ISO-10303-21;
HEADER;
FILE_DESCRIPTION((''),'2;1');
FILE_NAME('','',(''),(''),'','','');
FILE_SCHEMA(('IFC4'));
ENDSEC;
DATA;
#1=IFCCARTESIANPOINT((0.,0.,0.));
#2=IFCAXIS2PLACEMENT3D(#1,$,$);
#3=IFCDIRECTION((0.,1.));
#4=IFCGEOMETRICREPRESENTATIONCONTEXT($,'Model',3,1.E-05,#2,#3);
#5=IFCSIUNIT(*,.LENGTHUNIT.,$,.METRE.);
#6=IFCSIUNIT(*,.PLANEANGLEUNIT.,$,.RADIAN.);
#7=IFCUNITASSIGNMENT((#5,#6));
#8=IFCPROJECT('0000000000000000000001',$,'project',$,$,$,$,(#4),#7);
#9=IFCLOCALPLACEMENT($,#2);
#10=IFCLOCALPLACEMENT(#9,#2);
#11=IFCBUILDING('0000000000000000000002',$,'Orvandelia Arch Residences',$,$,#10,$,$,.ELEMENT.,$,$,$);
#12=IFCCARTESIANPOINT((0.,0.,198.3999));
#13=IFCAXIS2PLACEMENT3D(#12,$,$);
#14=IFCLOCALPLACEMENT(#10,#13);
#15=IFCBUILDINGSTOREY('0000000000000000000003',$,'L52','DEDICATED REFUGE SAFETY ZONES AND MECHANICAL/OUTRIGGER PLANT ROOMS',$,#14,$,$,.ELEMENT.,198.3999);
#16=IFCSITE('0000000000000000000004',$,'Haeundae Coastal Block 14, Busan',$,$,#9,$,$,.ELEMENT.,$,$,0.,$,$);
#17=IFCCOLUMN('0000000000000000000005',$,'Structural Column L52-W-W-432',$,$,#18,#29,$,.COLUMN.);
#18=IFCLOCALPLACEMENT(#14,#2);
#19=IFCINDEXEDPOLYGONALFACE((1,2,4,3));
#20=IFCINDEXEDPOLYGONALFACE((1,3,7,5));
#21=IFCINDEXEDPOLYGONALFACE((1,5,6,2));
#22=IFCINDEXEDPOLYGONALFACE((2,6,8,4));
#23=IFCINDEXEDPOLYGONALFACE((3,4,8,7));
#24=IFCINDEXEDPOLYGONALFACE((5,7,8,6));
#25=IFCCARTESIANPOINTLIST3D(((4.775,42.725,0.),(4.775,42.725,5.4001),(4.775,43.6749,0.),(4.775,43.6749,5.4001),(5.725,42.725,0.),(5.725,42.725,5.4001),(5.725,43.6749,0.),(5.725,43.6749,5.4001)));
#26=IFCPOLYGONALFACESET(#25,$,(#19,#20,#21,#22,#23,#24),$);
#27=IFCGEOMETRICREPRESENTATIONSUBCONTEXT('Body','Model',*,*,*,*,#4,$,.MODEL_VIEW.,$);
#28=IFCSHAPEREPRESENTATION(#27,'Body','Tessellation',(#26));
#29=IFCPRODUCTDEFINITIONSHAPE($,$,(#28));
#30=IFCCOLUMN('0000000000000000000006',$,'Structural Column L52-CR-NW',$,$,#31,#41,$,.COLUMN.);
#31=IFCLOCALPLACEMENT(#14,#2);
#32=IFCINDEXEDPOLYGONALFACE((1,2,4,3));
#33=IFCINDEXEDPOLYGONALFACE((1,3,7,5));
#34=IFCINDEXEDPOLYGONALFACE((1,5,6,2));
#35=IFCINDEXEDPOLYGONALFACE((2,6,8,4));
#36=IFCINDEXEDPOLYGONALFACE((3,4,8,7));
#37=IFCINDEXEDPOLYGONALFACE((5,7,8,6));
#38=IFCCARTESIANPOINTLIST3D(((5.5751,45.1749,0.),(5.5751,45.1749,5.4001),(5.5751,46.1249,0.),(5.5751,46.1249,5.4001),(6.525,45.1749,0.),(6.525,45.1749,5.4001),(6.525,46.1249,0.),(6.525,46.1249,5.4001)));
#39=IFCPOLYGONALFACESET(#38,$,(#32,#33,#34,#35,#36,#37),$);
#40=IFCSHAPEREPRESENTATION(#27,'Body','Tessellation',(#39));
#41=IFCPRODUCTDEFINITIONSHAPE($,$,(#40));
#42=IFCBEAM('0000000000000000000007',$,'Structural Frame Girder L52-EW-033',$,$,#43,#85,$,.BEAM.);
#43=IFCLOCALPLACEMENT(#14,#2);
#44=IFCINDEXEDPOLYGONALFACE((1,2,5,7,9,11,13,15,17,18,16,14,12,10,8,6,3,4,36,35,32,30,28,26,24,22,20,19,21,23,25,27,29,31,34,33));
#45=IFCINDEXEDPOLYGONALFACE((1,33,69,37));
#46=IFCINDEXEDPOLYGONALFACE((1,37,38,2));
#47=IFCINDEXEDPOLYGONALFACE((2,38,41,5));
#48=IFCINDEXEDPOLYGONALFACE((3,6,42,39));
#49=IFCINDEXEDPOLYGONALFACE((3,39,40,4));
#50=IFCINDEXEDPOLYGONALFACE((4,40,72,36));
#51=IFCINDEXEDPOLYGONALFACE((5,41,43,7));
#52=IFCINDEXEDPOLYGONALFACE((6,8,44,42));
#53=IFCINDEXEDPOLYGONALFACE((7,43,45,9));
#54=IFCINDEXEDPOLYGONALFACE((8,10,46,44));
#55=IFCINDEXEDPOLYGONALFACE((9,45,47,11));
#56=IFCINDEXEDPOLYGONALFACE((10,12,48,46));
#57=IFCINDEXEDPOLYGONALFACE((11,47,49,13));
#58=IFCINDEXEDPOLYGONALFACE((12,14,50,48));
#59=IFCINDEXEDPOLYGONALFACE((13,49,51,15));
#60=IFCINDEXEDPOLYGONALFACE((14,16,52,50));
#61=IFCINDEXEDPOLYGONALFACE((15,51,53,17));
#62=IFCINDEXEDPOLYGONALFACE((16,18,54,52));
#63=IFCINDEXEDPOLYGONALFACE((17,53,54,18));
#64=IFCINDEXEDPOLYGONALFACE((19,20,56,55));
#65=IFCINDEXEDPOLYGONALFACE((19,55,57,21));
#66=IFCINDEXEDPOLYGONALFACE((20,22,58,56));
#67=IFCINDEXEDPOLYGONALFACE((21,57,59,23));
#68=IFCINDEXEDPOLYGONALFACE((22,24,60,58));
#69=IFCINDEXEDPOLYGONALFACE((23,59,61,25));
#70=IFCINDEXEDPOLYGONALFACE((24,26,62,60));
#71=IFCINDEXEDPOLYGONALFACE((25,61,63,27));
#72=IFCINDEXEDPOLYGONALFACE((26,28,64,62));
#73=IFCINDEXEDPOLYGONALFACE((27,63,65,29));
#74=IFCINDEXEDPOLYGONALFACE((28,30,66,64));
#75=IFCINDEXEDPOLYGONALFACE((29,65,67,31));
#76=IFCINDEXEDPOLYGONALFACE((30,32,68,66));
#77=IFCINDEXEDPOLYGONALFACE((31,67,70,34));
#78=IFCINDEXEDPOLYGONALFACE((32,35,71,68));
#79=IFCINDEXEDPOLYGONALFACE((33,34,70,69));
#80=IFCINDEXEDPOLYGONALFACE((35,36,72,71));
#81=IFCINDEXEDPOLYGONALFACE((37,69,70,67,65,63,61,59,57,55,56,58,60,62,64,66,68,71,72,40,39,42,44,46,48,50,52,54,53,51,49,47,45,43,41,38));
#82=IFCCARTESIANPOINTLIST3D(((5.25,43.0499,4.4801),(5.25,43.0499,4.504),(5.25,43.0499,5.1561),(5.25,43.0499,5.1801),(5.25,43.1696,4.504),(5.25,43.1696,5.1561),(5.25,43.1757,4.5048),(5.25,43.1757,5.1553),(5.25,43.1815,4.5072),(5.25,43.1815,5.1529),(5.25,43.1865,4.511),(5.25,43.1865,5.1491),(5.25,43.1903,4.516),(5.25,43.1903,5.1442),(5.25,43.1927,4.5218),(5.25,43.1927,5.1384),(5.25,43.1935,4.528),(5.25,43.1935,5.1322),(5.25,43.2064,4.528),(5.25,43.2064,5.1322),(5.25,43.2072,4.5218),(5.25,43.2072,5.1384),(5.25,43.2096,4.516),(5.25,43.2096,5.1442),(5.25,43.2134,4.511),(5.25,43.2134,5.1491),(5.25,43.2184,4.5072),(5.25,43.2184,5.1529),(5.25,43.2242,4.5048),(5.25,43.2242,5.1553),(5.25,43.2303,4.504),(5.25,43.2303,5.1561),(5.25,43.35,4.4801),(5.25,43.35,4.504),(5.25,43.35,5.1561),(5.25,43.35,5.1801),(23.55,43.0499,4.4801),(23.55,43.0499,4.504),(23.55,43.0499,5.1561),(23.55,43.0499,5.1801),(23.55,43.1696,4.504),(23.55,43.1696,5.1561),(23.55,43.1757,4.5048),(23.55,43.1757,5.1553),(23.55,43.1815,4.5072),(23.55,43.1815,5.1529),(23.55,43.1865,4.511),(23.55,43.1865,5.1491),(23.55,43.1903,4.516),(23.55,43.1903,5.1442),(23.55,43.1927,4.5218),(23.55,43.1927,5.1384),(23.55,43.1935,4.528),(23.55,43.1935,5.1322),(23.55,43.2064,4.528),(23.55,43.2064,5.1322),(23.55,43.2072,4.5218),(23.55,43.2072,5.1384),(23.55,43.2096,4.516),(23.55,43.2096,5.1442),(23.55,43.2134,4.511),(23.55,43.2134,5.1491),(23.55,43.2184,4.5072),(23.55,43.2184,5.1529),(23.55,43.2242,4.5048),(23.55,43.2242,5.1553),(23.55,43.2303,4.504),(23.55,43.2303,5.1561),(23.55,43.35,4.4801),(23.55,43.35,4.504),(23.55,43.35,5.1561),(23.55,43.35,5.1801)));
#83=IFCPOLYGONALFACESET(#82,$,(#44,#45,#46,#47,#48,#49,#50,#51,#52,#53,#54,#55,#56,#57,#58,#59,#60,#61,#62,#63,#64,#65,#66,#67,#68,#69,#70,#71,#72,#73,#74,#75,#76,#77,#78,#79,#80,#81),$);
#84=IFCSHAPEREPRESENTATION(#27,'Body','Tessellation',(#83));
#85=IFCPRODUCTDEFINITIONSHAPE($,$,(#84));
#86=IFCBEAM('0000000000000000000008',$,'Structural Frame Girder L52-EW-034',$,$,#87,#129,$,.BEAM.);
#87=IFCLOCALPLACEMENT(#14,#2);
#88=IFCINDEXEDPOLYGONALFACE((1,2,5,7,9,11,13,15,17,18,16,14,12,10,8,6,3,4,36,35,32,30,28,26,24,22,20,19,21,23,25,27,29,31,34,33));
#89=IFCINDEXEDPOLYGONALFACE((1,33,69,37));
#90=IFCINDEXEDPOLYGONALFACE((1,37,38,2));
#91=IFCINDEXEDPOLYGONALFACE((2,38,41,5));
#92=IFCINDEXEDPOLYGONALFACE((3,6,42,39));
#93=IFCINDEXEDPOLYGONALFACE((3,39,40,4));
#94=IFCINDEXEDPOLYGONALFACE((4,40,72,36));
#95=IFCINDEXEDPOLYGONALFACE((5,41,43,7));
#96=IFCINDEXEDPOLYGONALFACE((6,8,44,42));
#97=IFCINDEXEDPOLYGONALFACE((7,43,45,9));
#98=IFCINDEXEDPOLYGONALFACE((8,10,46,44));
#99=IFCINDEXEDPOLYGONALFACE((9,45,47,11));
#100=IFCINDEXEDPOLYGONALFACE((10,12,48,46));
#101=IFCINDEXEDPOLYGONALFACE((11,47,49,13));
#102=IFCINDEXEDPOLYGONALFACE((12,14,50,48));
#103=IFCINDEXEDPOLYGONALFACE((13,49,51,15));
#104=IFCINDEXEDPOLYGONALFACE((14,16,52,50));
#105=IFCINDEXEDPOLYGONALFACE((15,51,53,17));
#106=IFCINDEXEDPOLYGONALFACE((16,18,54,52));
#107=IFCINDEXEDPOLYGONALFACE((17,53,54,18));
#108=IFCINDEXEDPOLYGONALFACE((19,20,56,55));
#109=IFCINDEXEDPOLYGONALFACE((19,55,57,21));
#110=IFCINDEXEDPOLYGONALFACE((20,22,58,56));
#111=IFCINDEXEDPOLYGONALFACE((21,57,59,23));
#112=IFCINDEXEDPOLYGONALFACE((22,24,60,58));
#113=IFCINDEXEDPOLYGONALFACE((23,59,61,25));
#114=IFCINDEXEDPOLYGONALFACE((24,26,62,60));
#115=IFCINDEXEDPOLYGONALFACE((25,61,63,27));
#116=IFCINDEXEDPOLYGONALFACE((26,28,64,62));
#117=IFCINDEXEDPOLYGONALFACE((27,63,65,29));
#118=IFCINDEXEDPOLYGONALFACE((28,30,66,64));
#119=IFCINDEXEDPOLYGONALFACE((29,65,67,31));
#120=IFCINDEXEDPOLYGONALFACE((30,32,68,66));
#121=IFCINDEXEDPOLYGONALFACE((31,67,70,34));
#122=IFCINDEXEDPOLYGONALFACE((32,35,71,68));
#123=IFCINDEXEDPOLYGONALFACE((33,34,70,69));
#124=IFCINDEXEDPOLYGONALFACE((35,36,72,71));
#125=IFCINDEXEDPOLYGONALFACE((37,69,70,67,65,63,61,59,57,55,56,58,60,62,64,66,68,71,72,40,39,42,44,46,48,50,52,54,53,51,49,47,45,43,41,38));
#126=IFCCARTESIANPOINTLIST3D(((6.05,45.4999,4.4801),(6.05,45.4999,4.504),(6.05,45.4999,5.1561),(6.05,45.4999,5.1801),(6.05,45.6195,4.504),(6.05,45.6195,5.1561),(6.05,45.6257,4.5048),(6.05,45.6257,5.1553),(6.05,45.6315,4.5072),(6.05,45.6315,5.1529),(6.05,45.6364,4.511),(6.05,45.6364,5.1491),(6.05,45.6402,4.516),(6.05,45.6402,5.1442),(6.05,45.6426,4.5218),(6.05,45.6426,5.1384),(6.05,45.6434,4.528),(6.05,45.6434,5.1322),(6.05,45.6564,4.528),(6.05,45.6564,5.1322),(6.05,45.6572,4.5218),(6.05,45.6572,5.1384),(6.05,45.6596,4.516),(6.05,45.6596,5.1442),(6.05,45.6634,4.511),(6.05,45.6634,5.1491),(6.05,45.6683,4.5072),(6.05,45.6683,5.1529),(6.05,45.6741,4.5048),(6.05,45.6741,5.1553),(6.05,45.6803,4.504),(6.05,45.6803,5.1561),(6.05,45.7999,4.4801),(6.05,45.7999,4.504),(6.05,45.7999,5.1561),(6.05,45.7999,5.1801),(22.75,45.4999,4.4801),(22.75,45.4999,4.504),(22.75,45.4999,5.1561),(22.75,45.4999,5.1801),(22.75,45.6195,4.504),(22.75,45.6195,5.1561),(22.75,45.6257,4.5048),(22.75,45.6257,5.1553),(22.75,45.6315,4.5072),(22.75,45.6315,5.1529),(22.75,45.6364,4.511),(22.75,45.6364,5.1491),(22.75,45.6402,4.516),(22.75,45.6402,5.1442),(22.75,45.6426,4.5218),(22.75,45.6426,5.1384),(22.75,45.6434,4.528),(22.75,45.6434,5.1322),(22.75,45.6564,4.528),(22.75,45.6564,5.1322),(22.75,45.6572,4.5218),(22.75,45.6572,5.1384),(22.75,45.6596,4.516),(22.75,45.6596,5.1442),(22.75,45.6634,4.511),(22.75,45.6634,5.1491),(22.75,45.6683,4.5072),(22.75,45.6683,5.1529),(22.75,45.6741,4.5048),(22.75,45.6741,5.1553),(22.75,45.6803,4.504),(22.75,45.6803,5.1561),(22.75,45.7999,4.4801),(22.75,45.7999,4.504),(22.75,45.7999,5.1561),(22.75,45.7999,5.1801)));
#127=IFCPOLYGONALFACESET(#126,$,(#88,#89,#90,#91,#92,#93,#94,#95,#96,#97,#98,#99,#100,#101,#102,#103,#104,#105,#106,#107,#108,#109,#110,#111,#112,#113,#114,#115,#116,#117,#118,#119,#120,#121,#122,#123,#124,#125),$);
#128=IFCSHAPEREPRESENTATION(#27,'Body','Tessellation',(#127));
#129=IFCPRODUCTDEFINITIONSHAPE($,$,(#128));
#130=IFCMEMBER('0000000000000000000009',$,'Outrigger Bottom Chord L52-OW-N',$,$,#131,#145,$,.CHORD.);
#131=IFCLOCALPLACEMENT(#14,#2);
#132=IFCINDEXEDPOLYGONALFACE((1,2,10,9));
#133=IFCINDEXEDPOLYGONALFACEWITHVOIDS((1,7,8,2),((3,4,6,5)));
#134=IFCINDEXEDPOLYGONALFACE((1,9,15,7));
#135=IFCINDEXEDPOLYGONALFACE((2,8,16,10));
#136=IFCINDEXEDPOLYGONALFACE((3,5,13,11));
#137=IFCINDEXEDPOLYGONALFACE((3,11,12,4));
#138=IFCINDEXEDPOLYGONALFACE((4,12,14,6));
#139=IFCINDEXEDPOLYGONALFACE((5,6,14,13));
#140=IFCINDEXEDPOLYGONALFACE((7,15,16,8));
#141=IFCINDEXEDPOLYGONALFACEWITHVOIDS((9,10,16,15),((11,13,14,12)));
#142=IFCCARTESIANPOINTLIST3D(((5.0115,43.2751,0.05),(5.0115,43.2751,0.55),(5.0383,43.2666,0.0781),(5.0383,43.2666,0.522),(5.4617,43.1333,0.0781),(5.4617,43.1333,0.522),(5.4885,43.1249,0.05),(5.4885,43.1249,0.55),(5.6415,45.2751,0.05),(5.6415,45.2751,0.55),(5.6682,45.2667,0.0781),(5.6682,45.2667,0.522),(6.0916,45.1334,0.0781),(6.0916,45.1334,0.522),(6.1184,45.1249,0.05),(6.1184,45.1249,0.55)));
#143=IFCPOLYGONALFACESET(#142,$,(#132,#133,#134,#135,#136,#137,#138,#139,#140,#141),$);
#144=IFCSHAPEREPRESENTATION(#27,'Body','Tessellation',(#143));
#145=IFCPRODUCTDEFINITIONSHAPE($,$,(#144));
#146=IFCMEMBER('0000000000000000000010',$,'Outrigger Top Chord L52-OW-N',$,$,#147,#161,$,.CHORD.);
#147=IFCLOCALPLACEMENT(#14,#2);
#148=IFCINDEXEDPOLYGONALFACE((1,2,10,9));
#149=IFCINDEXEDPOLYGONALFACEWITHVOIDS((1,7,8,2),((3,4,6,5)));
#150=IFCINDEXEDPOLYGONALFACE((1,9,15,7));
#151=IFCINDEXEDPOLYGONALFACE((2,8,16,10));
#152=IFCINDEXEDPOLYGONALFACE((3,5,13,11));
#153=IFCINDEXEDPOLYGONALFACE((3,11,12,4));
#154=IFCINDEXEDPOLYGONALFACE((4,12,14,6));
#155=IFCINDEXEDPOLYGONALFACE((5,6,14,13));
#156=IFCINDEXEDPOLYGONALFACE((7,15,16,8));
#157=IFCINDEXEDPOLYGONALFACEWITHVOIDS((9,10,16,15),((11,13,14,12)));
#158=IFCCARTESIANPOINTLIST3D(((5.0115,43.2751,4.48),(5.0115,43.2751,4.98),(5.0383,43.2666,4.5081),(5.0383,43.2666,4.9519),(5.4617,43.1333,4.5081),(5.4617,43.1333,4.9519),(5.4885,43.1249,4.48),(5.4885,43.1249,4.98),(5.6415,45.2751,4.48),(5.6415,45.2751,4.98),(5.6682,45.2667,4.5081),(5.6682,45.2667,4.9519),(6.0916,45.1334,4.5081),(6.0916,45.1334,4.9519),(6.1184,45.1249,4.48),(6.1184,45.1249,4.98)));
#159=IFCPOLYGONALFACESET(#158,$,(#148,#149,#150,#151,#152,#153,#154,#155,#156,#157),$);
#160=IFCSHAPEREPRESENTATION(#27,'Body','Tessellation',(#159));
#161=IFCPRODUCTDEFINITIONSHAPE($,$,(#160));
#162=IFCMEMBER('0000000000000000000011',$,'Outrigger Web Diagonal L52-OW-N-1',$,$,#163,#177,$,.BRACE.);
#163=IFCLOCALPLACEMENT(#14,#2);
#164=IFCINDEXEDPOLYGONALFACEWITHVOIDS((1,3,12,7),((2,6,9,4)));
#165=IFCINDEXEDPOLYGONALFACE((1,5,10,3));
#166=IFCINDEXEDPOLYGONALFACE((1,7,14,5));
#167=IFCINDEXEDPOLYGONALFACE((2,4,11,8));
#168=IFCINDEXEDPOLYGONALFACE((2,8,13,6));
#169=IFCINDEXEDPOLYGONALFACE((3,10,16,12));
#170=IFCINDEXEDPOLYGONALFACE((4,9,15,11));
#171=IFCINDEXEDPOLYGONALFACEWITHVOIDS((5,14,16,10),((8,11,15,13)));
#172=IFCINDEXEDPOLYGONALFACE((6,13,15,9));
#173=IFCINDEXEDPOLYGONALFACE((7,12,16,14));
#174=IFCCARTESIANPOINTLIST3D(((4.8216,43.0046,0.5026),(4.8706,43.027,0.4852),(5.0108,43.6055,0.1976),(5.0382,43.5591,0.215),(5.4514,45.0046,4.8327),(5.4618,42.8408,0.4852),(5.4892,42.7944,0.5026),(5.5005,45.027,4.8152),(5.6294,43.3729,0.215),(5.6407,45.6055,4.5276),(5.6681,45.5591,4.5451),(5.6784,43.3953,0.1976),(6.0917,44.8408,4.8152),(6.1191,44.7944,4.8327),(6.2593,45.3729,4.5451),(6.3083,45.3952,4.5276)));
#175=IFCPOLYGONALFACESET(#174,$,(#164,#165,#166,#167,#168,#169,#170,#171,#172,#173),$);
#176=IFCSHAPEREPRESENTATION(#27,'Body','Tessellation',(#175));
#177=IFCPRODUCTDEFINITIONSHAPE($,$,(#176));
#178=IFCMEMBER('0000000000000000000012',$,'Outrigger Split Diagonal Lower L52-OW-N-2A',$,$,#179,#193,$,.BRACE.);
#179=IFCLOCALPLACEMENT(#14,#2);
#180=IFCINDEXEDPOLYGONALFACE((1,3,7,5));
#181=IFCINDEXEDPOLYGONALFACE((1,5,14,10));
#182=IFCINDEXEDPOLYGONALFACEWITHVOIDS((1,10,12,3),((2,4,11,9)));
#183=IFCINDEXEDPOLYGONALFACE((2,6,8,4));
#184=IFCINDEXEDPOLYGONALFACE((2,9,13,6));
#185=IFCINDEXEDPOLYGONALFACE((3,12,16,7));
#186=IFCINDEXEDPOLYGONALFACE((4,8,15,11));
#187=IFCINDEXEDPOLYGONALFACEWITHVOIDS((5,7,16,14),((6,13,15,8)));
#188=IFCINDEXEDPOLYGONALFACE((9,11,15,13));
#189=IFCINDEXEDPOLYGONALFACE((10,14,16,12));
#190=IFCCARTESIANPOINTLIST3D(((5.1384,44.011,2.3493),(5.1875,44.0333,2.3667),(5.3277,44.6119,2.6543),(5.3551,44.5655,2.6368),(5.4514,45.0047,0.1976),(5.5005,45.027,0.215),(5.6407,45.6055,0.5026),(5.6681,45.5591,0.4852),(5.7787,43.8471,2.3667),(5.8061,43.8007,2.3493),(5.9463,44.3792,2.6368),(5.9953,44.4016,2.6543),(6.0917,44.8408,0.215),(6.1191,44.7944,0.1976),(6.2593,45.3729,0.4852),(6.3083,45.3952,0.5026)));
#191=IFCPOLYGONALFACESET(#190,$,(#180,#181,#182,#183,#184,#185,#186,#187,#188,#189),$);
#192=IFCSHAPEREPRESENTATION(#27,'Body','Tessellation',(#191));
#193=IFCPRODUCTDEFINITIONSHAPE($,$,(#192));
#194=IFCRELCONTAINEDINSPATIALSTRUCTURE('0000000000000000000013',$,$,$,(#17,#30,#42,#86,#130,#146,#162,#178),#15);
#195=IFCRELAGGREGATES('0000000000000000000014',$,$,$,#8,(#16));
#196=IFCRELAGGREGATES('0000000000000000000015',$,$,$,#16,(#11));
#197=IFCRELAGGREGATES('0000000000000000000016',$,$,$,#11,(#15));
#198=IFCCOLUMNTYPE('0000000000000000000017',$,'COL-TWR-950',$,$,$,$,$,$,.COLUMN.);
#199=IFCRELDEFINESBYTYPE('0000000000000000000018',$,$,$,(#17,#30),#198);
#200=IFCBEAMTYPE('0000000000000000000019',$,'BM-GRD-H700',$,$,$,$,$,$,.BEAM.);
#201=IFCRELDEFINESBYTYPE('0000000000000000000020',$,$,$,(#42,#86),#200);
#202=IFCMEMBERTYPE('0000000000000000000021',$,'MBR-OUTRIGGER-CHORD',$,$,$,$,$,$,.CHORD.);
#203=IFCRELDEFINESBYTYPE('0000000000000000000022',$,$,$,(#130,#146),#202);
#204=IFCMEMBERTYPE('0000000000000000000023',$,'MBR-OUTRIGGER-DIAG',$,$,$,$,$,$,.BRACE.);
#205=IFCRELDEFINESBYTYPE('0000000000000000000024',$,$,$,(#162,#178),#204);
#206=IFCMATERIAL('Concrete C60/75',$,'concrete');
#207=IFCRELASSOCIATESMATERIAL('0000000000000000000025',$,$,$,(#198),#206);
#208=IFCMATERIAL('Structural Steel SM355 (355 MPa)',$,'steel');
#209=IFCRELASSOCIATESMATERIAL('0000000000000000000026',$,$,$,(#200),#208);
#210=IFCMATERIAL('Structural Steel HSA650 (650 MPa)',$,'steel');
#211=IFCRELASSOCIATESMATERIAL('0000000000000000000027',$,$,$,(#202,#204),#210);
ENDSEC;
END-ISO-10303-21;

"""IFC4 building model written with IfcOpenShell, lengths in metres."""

from ifc_helpers import new_model, si_unit, direction, frame, origin, origin_2d, place, context, subcontext, project, spatial, rectangle, hollow_rectangle, i_section, extrude, material, material_profile, profile_set, type_object, element, save


model = new_model("IFC4")

# Units and contexts
model_context = context("Model", 3, precision=1e-05, world=origin(), true_north=direction((0.0, 1.0)))
body_context = subcontext(model_context, "Body", "Model", "MODEL_VIEW")
ifc_project = project(units=[si_unit("LENGTHUNIT", "METRE"), si_unit("PLANEANGLEUNIT", "RADIAN")], contexts=[model_context])

# Site, building, storey
site_placement = place(None, origin())
site = spatial("IfcSite", under=ifc_project, at=site_placement, Name="Haeundae Coastal Block 14, Busan", CompositionType="ELEMENT", RefElevation=0.0)
building_placement = place(site_placement, origin())
building = spatial("IfcBuilding", under=site, at=building_placement, Name="Orvandelia Arch Residences", CompositionType="ELEMENT")
storey_placement = place(building_placement, frame((0.0, 0.0, 198.3999)))
storey = spatial("IfcBuildingStorey", under=building, at=storey_placement, Name="L52", Description="DEDICATED REFUGE SAFETY ZONES AND MECHANICAL/OUTRIGGER PLANT ROOMS", CompositionType="ELEMENT", Elevation=198.3999)

# Columns
ifc_material_1 = material(Name="Concrete C60/75", Category="concrete")
ifc_material_profile_1 = material_profile(ifc_material_1, rectangle(XDim=0.95, YDim=0.95, at=origin_2d()), Name="Concrete C60/75", Category="concrete")
ifc_profile_set_1 = profile_set([ifc_material_profile_1], Name="Concrete C60/75")
column_type = type_object("IfcColumnType", Name="COL-TWR-950", PredefinedType="COLUMN", material=ifc_profile_set_1)
for number, where, z_axis, x_axis, name in (
    (1, (5.25, 43.2, 0.0), (0.0, 0.0, 1.0), (1.0, 0.0, 0.0), "Structural Column L52-W-W-432"),
    (2, (6.05, 45.6499, 0.0), (0.0, 0.0, 1.0), (1.0, 0.0, 0.0), "Structural Column L52-CR-NW"),
):
    element("IfcColumn", number, at=place(storey_placement, frame(where, z_axis=z_axis, x_axis=x_axis)), inside=storey, type_object=column_type, Name=name, PredefinedType="COLUMN", context=body_context, shape_type="SweptSolid", body=[
        extrude(rectangle(XDim=0.95, YDim=0.95, at=origin_2d()), origin(), (0.0, 0.0, 1.0), 5.4001),
    ])

# Beams
ifc_material_2 = material(Name="Structural Steel SM355 (355 MPa)", Category="steel")
ifc_material_profile_2 = material_profile(ifc_material_2, i_section(OverallWidth=0.3, OverallDepth=0.7, WebThickness=0.0129, FlangeThickness=0.0239, FilletRadius=0.0239, at=origin_2d()), Name="Structural Steel SM355 (355 MPa)", Category="steel")
ifc_profile_set_2 = profile_set([ifc_material_profile_2], Name="Structural Steel SM355 (355 MPa)")
beam_type = type_object("IfcBeamType", Name="BM-GRD-H700", PredefinedType="BEAM", material=ifc_profile_set_2)
beam_1_placement = place(storey_placement, frame((5.25, 43.2, 4.8301), z_axis=(1.0, 0.0, 0.0), x_axis=(0.0, 1.0, 0.0)))
element("IfcBeam", 3, at=beam_1_placement, inside=storey, type_object=beam_type, Name="Structural Frame Girder L52-EW-033", PredefinedType="BEAM", context=body_context, shape_type="SweptSolid", body=[
    extrude(i_section(OverallWidth=0.3, OverallDepth=0.7, WebThickness=0.0129, FlangeThickness=0.0239, FilletRadius=0.0239, at=origin_2d()), origin(), (0.0, 0.0, 1.0), 18.3),
])
beam_2_placement = place(storey_placement, frame((6.05, 45.6499, 4.8301), z_axis=(1.0, 0.0, 0.0), x_axis=(0.0, 1.0, 0.0)))
element("IfcBeam", 4, at=beam_2_placement, inside=storey, type_object=beam_type, Name="Structural Frame Girder L52-EW-034", PredefinedType="BEAM", context=body_context, shape_type="SweptSolid", body=[
    extrude(i_section(OverallWidth=0.3, OverallDepth=0.7, WebThickness=0.0129, FlangeThickness=0.0239, FilletRadius=0.0239, at=origin_2d()), origin(), (0.0, 0.0, 1.0), 16.7),
])

# Members
ifc_material_3 = material(Name="Structural Steel HSA650 (650 MPa)", Category="steel")
ifc_material_profile_3 = material_profile(ifc_material_3, hollow_rectangle(XDim=0.5, YDim=0.5, WallThickness=0.0281, at=origin_2d()), Name="Structural Steel HSA650 (650 MPa)", Category="steel")
ifc_profile_set_3 = profile_set([ifc_material_profile_3], Name="Structural Steel HSA650 (650 MPa)")
member_type_1 = type_object("IfcMemberType", Name="MBR-OUTRIGGER-CHORD", PredefinedType="CHORD", material=ifc_profile_set_3)
for number, where, z_axis, x_axis, name in (
    (5, (5.25, 43.2, 0.3), (0.300396, 0.953815, 0.0), (-0.953815, 0.300396, 0.0), "Outrigger Bottom Chord L52-OW-N"),
    (6, (5.25, 43.2, 4.73), (0.300396, 0.953815, 0.0), (-0.953815, 0.300396, 0.0), "Outrigger Top Chord L52-OW-N"),
):
    element("IfcMember", number, at=place(storey_placement, frame(where, z_axis=z_axis, x_axis=x_axis)), inside=storey, type_object=member_type_1, Name=name, PredefinedType="CHORD", context=body_context, shape_type="SweptSolid", body=[
        extrude(hollow_rectangle(XDim=0.5, YDim=0.5, WallThickness=0.0281, at=origin_2d()), origin(), (0.0, 0.0, 1.0), 2.0969),
    ])
ifc_material_profile_4 = material_profile(ifc_material_3, hollow_rectangle(XDim=0.7, YDim=0.7, WallThickness=0.04, at=origin_2d()), Name="Structural Steel HSA650 (650 MPa)", Category="steel")
ifc_profile_set_4 = profile_set([ifc_material_profile_4], Name="Structural Steel HSA650 (650 MPa)")
member_type_2 = type_object("IfcMemberType", Name="MBR-OUTRIGGER-DIAG", PredefinedType="BRACE", material=ifc_profile_set_4)
member_placement = place(storey_placement, frame((5.25, 43.2, 0.3501), z_axis=(0.130924, 0.415709, 0.900025), x_axis=(-0.953815, 0.300396, 0.0)))
element("IfcMember", 7, at=member_placement, inside=storey, type_object=member_type_2, Name="Outrigger Web Diagonal L52-OW-N-1", PredefinedType="BRACE", context=body_context, shape_type="SweptSolid", body=[
    extrude(hollow_rectangle(XDim=0.7, YDim=0.7, WallThickness=0.04, at=origin_2d()), origin(), (0.0, 0.0, 1.0), 4.811),
])
for number, where, z_axis, x_axis, name in (
    (8, (5.8799, 45.2, 0.3501), (-0.130927, -0.415658, 0.900048), (0.953802, -0.300436, 0.0), "Outrigger Split Diagonal Lower L52-OW-N-2A"),
):
    element("IfcMember", number, at=place(storey_placement, frame(where, z_axis=z_axis, x_axis=x_axis)), inside=storey, type_object=member_type_2, Name=name, PredefinedType="BRACE", context=body_context, shape_type="SweptSolid", body=[
        extrude(hollow_rectangle(XDim=0.7, YDim=0.7, WallThickness=0.04, at=origin_2d()), origin(), (0.0, 0.0, 1.0), 2.3906),
    ])

save(model, "model.ifc")
